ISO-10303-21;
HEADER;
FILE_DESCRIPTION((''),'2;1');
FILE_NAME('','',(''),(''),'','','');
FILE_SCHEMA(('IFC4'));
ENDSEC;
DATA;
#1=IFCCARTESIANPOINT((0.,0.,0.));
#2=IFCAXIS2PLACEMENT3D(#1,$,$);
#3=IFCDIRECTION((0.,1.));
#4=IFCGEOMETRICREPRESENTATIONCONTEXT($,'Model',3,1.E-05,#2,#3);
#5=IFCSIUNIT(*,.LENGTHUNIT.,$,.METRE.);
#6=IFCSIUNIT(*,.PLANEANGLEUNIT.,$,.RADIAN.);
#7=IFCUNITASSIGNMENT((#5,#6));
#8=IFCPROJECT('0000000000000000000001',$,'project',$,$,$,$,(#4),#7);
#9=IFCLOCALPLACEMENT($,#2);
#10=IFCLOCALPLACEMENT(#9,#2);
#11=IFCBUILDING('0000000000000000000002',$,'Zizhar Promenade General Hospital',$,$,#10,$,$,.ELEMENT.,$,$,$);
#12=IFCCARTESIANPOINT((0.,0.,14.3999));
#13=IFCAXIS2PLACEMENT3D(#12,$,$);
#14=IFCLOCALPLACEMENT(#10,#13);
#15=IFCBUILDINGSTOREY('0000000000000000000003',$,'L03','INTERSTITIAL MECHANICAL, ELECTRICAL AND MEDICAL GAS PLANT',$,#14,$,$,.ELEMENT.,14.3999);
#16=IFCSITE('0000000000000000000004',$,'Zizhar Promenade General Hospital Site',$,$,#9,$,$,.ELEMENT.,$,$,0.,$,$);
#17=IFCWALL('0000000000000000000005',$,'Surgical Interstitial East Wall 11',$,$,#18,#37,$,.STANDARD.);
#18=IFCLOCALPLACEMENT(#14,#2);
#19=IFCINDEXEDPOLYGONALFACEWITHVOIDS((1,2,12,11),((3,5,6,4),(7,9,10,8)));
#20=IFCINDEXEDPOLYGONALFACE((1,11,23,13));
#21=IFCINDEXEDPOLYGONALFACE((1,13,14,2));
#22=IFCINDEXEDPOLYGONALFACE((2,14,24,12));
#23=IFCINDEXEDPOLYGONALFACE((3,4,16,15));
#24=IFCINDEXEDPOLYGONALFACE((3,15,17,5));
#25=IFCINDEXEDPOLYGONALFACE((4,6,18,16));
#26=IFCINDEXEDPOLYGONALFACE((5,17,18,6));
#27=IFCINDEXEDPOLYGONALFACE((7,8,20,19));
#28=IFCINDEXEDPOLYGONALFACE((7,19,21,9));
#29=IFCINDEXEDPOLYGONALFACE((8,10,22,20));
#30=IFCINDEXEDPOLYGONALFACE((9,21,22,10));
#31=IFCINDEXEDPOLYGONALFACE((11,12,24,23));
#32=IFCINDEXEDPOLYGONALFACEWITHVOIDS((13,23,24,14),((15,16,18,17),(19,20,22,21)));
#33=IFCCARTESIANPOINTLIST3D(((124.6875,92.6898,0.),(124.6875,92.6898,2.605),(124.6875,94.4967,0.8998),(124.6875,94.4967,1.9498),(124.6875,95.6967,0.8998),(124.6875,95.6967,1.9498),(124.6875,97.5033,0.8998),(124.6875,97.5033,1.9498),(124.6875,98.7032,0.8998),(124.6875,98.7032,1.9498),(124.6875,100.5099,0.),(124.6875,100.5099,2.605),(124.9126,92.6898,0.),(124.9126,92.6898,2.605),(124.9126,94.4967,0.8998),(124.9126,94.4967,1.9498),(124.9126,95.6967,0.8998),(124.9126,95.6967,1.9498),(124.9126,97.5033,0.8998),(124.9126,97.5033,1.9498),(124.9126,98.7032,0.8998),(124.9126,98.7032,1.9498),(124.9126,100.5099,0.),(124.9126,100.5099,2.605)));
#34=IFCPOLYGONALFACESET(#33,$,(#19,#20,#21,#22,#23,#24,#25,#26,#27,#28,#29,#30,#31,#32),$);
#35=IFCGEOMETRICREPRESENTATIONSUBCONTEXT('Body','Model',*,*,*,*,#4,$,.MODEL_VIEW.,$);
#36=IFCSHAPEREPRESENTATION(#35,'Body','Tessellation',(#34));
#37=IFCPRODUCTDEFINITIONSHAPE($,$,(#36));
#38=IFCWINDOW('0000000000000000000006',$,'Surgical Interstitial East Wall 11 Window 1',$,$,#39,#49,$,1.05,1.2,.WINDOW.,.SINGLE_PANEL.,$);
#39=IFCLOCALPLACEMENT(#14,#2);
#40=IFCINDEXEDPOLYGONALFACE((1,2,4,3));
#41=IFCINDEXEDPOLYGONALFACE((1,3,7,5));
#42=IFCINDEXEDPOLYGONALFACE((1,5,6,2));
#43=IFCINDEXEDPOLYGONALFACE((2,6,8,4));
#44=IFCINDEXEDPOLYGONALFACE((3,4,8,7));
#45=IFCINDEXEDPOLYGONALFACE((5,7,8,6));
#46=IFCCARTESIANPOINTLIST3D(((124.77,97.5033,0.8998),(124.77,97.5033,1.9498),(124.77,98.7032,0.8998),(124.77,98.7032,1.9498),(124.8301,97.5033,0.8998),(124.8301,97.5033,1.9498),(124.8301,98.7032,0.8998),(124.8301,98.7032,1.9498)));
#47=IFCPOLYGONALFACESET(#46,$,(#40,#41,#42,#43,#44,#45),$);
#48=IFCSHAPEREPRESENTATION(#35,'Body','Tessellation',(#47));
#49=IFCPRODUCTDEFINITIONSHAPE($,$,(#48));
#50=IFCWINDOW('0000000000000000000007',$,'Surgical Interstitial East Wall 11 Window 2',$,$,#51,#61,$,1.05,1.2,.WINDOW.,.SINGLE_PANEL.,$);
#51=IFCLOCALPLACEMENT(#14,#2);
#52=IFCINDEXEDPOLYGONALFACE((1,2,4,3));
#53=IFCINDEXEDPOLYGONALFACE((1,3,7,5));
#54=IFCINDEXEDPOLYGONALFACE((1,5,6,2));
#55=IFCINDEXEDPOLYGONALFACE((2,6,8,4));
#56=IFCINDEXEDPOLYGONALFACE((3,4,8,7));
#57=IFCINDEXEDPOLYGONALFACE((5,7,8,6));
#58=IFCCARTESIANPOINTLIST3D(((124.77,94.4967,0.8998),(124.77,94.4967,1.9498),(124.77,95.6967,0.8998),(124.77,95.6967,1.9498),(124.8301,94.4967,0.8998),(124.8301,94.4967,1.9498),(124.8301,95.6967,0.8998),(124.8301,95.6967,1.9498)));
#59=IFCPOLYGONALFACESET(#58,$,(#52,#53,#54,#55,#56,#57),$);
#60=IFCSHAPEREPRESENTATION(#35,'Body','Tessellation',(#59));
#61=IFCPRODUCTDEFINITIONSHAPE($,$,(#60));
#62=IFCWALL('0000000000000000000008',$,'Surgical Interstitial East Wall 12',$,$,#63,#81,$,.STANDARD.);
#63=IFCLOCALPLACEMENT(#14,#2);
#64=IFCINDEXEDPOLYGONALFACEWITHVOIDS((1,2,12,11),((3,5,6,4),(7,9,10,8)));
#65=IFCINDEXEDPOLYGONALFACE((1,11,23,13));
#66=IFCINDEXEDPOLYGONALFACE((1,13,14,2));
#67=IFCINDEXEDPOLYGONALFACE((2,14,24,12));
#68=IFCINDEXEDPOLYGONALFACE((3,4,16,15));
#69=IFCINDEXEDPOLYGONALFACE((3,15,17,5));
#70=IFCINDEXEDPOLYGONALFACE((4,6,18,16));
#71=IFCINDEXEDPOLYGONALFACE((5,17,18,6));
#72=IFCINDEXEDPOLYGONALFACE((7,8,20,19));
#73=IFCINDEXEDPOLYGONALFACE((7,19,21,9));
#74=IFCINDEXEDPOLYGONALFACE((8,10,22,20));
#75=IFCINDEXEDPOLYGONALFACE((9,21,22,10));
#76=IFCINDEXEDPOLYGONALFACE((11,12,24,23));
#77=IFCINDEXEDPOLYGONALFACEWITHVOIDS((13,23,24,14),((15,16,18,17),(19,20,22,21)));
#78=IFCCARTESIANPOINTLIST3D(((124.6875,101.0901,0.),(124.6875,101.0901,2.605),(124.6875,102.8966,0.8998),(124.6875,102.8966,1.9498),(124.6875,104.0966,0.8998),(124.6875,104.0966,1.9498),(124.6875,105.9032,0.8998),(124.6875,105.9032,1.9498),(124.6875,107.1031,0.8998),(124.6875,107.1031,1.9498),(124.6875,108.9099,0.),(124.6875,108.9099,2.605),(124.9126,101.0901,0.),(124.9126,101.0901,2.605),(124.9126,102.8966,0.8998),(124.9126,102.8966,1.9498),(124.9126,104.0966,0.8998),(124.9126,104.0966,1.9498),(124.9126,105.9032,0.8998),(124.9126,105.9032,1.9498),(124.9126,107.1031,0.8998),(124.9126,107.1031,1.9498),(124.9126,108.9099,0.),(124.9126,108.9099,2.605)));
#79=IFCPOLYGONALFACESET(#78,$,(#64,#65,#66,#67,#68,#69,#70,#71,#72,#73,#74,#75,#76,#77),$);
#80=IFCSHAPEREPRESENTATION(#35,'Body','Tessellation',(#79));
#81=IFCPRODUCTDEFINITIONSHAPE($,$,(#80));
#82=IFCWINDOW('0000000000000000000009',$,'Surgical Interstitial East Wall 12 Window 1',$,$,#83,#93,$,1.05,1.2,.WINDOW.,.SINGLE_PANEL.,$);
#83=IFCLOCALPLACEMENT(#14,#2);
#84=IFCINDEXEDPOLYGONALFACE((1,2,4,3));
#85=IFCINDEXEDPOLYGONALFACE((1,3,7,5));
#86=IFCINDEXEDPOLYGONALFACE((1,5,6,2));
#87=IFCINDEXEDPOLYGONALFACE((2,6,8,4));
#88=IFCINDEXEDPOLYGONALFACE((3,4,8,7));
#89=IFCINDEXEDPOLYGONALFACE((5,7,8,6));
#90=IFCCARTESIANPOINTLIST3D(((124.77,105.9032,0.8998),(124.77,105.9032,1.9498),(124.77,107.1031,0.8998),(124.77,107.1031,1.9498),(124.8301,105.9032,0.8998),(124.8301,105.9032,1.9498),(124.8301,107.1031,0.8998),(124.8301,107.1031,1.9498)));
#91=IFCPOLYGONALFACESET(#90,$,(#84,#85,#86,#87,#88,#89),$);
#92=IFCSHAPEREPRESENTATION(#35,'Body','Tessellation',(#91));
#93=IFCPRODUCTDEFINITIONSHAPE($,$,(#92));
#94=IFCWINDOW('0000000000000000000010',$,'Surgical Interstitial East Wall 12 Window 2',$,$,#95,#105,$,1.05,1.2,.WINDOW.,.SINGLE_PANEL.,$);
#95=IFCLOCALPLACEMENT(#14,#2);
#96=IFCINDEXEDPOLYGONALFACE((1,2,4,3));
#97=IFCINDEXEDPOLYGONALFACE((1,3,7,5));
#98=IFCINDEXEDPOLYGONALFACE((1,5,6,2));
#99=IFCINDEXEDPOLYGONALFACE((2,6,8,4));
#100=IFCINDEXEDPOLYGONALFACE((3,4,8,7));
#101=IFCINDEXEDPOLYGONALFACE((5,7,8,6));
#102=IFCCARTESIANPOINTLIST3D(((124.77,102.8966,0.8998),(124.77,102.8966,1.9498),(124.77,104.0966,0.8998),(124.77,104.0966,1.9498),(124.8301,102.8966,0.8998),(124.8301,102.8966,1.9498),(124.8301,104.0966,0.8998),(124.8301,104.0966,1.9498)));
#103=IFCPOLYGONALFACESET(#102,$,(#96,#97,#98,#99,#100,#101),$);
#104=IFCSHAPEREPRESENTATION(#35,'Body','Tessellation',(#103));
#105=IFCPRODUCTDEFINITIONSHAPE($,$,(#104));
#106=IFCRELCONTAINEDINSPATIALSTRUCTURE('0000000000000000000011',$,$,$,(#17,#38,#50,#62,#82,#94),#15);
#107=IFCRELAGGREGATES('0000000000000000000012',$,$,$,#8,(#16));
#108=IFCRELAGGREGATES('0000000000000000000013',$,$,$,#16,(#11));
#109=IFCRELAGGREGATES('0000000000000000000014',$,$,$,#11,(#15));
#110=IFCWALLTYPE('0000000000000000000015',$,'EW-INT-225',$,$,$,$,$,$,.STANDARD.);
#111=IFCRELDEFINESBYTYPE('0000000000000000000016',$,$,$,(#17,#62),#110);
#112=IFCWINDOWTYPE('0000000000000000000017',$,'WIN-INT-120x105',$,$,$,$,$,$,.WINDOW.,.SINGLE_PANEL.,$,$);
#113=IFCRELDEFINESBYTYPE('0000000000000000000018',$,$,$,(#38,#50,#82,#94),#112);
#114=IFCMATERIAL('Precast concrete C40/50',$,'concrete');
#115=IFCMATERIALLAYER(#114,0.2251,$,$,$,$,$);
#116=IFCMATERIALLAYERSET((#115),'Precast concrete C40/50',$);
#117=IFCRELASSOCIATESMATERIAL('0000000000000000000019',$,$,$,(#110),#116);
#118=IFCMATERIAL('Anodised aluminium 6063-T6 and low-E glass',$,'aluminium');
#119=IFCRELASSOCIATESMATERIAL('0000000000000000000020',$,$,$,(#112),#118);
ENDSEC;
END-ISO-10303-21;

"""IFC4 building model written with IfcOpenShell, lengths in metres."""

from ifc_helpers import new_model, si_unit, direction, frame, frame_2d, origin, place, context, subcontext, project, spatial, rectangle, extrude, material, layer, layer_set, type_object, element, fill, save


model = new_model("IFC4")

# Units and contexts
model_context = context("Model", 3, precision=1e-05, world=origin(), true_north=direction((0.0, 1.0)))
body_context = subcontext(model_context, "Body", "Model", "MODEL_VIEW")
ifc_project = project(units=[si_unit("LENGTHUNIT", "METRE"), si_unit("PLANEANGLEUNIT", "RADIAN")], contexts=[model_context])

# Site, building, storey
site_placement = place(None, origin())
site = spatial("IfcSite", under=ifc_project, at=site_placement, Name="Zizhar Promenade General Hospital Site", CompositionType="ELEMENT", RefElevation=0.0)
building_placement = place(site_placement, origin())
building = spatial("IfcBuilding", under=site, at=building_placement, Name="Zizhar Promenade General Hospital", CompositionType="ELEMENT")
storey_placement = place(building_placement, frame((0.0, 0.0, 14.3999)))
storey = spatial("IfcBuildingStorey", under=building, at=storey_placement, Name="L03", Description="INTERSTITIAL MECHANICAL, ELECTRICAL AND MEDICAL GAS PLANT", CompositionType="ELEMENT", Elevation=14.3999)

# Walls, openings, windows
ifc_material_1 = material(Name="Precast concrete C40/50", Category="concrete")
ifc_layer_1 = layer(ifc_material_1, 0.2251)
ifc_layer_set_1 = layer_set([ifc_layer_1], Name="Precast concrete C40/50")
wall_type_1 = type_object("IfcWallType", Name="EW-INT-225", PredefinedType="STANDARD", material=ifc_layer_set_1)
wall_1_placement = place(storey_placement, frame((124.8, 100.51, 0.0), z_axis=(0.0, 0.0, 1.0), x_axis=(0.0, -1.0, 0.0)))
wall_1 = element("IfcWall", 1, at=wall_1_placement, inside=storey, type_object=wall_type_1, Name="Surgical Interstitial East Wall 11", PredefinedType="STANDARD", context=body_context, shape_type="SweptSolid", body=[
    extrude(rectangle(XDim=7.8201, YDim=0.2251, at=frame_2d((3.9102, 0.0))), origin(), (0.0, 0.0, 1.0), 2.605),
])
opening_1_placement = place(wall_1_placement, frame((1.8066, 0.0, 0.8999)))
opening_1 = element("IfcOpeningElement", 2, at=opening_1_placement, cuts=wall_1, PredefinedType="OPENING", context=body_context, shape_type="SweptSolid", body=[
    extrude(rectangle(XDim=1.2, YDim=1.05, at=frame_2d((0.6001, 0.5249))), frame((0.0, 0.1226, 0.0), z_axis=(0.0, -1.0, 0.0), x_axis=(1.0, 0.0, 0.0)), (0.0, 0.0, 1.0), 0.2451),
])
opening_2_placement = place(wall_1_placement, frame((4.8132, 0.0, 0.8999)))
opening_2 = element("IfcOpeningElement", 3, at=opening_2_placement, cuts=wall_1, PredefinedType="OPENING", context=body_context, shape_type="SweptSolid", body=[
    extrude(rectangle(XDim=1.2, YDim=1.05, at=frame_2d((0.6001, 0.5249))), frame((0.0, 0.1226, 0.0), z_axis=(0.0, -1.0, 0.0), x_axis=(1.0, 0.0, 0.0)), (0.0, 0.0, 1.0), 0.2451),
])
ifc_material_2 = material(Name="Anodised aluminium 6063-T6 and low-E glass", Category="aluminium")
window_type_1 = type_object("IfcWindowType", Name="WIN-INT-120x105", PartitioningType="SINGLE_PANEL", PredefinedType="WINDOW", material=ifc_material_2)
window_1_placement = place(opening_1_placement, origin())
window_1 = element("IfcWindow", 4, at=window_1_placement, inside=storey, type_object=window_type_1, Name="Surgical Interstitial East Wall 11 Window 1", OverallHeight=1.05, OverallWidth=1.2, PartitioningType="SINGLE_PANEL", PredefinedType="WINDOW", context=body_context, shape_type="SweptSolid", body=[
    extrude(rectangle(XDim=1.2, YDim=1.05, at=frame_2d((0.6001, 0.5249))), frame((0.0, 0.03, 0.0), z_axis=(0.0, -1.0, 0.0), x_axis=(1.0, 0.0, 0.0)), (0.0, 0.0, 1.0), 0.0601),
])
fill(opening_1, window_1)
window_2_placement = place(opening_2_placement, origin())
window_2 = element("IfcWindow", 5, at=window_2_placement, inside=storey, type_object=window_type_1, Name="Surgical Interstitial East Wall 11 Window 2", OverallHeight=1.05, OverallWidth=1.2, PartitioningType="SINGLE_PANEL", PredefinedType="WINDOW", context=body_context, shape_type="SweptSolid", body=[
    extrude(rectangle(XDim=1.2, YDim=1.05, at=frame_2d((0.6001, 0.5249))), frame((0.0, 0.03, 0.0), z_axis=(0.0, -1.0, 0.0), x_axis=(1.0, 0.0, 0.0)), (0.0, 0.0, 1.0), 0.0601),
])
fill(opening_2, window_2)
wall_2_placement = place(storey_placement, frame((124.8, 108.9099, 0.0), z_axis=(0.0, 0.0, 1.0), x_axis=(0.0, -1.0, 0.0)))
wall_2 = element("IfcWall", 6, at=wall_2_placement, inside=storey, type_object=wall_type_1, Name="Surgical Interstitial East Wall 12", PredefinedType="STANDARD", context=body_context, shape_type="SweptSolid", body=[
    extrude(rectangle(XDim=7.8198, YDim=0.2251, at=frame_2d((3.9099, 0.0))), origin(), (0.0, 0.0, 1.0), 2.605),
])
opening_3_placement = place(wall_2_placement, frame((1.8066, 0.0, 0.8999)))
opening_3 = element("IfcOpeningElement", 7, at=opening_3_placement, cuts=wall_2, PredefinedType="OPENING", context=body_context, shape_type="SweptSolid", body=[
    extrude(rectangle(XDim=1.2, YDim=1.05, at=frame_2d((0.6001, 0.5249))), frame((0.0, 0.1226, 0.0), z_axis=(0.0, -1.0, 0.0), x_axis=(1.0, 0.0, 0.0)), (0.0, 0.0, 1.0), 0.2451),
])
opening_4_placement = place(wall_2_placement, frame((4.8132, 0.0, 0.8999)))
opening_4 = element("IfcOpeningElement", 8, at=opening_4_placement, cuts=wall_2, PredefinedType="OPENING", context=body_context, shape_type="SweptSolid", body=[
    extrude(rectangle(XDim=1.2, YDim=1.05, at=frame_2d((0.6001, 0.5249))), frame((0.0, 0.1226, 0.0), z_axis=(0.0, -1.0, 0.0), x_axis=(1.0, 0.0, 0.0)), (0.0, 0.0, 1.0), 0.2451),
])
window_3_placement = place(opening_3_placement, origin())
window_3 = element("IfcWindow", 9, at=window_3_placement, inside=storey, type_object=window_type_1, Name="Surgical Interstitial East Wall 12 Window 1", OverallHeight=1.05, OverallWidth=1.2, PartitioningType="SINGLE_PANEL", PredefinedType="WINDOW", context=body_context, shape_type="SweptSolid", body=[
    extrude(rectangle(XDim=1.2, YDim=1.05, at=frame_2d((0.6001, 0.5249))), frame((0.0, 0.03, 0.0), z_axis=(0.0, -1.0, 0.0), x_axis=(1.0, 0.0, 0.0)), (0.0, 0.0, 1.0), 0.0601),
])
fill(opening_3, window_3)
window_4_placement = place(opening_4_placement, origin())
window_4 = element("IfcWindow", 10, at=window_4_placement, inside=storey, type_object=window_type_1, Name="Surgical Interstitial East Wall 12 Window 2", OverallHeight=1.05, OverallWidth=1.2, PartitioningType="SINGLE_PANEL", PredefinedType="WINDOW", context=body_context, shape_type="SweptSolid", body=[
    extrude(rectangle(XDim=1.2, YDim=1.05, at=frame_2d((0.6001, 0.5249))), frame((0.0, 0.03, 0.0), z_axis=(0.0, -1.0, 0.0), x_axis=(1.0, 0.0, 0.0)), (0.0, 0.0, 1.0), 0.0601),
])
fill(opening_4, window_4)

save(model, "model.ifc")
